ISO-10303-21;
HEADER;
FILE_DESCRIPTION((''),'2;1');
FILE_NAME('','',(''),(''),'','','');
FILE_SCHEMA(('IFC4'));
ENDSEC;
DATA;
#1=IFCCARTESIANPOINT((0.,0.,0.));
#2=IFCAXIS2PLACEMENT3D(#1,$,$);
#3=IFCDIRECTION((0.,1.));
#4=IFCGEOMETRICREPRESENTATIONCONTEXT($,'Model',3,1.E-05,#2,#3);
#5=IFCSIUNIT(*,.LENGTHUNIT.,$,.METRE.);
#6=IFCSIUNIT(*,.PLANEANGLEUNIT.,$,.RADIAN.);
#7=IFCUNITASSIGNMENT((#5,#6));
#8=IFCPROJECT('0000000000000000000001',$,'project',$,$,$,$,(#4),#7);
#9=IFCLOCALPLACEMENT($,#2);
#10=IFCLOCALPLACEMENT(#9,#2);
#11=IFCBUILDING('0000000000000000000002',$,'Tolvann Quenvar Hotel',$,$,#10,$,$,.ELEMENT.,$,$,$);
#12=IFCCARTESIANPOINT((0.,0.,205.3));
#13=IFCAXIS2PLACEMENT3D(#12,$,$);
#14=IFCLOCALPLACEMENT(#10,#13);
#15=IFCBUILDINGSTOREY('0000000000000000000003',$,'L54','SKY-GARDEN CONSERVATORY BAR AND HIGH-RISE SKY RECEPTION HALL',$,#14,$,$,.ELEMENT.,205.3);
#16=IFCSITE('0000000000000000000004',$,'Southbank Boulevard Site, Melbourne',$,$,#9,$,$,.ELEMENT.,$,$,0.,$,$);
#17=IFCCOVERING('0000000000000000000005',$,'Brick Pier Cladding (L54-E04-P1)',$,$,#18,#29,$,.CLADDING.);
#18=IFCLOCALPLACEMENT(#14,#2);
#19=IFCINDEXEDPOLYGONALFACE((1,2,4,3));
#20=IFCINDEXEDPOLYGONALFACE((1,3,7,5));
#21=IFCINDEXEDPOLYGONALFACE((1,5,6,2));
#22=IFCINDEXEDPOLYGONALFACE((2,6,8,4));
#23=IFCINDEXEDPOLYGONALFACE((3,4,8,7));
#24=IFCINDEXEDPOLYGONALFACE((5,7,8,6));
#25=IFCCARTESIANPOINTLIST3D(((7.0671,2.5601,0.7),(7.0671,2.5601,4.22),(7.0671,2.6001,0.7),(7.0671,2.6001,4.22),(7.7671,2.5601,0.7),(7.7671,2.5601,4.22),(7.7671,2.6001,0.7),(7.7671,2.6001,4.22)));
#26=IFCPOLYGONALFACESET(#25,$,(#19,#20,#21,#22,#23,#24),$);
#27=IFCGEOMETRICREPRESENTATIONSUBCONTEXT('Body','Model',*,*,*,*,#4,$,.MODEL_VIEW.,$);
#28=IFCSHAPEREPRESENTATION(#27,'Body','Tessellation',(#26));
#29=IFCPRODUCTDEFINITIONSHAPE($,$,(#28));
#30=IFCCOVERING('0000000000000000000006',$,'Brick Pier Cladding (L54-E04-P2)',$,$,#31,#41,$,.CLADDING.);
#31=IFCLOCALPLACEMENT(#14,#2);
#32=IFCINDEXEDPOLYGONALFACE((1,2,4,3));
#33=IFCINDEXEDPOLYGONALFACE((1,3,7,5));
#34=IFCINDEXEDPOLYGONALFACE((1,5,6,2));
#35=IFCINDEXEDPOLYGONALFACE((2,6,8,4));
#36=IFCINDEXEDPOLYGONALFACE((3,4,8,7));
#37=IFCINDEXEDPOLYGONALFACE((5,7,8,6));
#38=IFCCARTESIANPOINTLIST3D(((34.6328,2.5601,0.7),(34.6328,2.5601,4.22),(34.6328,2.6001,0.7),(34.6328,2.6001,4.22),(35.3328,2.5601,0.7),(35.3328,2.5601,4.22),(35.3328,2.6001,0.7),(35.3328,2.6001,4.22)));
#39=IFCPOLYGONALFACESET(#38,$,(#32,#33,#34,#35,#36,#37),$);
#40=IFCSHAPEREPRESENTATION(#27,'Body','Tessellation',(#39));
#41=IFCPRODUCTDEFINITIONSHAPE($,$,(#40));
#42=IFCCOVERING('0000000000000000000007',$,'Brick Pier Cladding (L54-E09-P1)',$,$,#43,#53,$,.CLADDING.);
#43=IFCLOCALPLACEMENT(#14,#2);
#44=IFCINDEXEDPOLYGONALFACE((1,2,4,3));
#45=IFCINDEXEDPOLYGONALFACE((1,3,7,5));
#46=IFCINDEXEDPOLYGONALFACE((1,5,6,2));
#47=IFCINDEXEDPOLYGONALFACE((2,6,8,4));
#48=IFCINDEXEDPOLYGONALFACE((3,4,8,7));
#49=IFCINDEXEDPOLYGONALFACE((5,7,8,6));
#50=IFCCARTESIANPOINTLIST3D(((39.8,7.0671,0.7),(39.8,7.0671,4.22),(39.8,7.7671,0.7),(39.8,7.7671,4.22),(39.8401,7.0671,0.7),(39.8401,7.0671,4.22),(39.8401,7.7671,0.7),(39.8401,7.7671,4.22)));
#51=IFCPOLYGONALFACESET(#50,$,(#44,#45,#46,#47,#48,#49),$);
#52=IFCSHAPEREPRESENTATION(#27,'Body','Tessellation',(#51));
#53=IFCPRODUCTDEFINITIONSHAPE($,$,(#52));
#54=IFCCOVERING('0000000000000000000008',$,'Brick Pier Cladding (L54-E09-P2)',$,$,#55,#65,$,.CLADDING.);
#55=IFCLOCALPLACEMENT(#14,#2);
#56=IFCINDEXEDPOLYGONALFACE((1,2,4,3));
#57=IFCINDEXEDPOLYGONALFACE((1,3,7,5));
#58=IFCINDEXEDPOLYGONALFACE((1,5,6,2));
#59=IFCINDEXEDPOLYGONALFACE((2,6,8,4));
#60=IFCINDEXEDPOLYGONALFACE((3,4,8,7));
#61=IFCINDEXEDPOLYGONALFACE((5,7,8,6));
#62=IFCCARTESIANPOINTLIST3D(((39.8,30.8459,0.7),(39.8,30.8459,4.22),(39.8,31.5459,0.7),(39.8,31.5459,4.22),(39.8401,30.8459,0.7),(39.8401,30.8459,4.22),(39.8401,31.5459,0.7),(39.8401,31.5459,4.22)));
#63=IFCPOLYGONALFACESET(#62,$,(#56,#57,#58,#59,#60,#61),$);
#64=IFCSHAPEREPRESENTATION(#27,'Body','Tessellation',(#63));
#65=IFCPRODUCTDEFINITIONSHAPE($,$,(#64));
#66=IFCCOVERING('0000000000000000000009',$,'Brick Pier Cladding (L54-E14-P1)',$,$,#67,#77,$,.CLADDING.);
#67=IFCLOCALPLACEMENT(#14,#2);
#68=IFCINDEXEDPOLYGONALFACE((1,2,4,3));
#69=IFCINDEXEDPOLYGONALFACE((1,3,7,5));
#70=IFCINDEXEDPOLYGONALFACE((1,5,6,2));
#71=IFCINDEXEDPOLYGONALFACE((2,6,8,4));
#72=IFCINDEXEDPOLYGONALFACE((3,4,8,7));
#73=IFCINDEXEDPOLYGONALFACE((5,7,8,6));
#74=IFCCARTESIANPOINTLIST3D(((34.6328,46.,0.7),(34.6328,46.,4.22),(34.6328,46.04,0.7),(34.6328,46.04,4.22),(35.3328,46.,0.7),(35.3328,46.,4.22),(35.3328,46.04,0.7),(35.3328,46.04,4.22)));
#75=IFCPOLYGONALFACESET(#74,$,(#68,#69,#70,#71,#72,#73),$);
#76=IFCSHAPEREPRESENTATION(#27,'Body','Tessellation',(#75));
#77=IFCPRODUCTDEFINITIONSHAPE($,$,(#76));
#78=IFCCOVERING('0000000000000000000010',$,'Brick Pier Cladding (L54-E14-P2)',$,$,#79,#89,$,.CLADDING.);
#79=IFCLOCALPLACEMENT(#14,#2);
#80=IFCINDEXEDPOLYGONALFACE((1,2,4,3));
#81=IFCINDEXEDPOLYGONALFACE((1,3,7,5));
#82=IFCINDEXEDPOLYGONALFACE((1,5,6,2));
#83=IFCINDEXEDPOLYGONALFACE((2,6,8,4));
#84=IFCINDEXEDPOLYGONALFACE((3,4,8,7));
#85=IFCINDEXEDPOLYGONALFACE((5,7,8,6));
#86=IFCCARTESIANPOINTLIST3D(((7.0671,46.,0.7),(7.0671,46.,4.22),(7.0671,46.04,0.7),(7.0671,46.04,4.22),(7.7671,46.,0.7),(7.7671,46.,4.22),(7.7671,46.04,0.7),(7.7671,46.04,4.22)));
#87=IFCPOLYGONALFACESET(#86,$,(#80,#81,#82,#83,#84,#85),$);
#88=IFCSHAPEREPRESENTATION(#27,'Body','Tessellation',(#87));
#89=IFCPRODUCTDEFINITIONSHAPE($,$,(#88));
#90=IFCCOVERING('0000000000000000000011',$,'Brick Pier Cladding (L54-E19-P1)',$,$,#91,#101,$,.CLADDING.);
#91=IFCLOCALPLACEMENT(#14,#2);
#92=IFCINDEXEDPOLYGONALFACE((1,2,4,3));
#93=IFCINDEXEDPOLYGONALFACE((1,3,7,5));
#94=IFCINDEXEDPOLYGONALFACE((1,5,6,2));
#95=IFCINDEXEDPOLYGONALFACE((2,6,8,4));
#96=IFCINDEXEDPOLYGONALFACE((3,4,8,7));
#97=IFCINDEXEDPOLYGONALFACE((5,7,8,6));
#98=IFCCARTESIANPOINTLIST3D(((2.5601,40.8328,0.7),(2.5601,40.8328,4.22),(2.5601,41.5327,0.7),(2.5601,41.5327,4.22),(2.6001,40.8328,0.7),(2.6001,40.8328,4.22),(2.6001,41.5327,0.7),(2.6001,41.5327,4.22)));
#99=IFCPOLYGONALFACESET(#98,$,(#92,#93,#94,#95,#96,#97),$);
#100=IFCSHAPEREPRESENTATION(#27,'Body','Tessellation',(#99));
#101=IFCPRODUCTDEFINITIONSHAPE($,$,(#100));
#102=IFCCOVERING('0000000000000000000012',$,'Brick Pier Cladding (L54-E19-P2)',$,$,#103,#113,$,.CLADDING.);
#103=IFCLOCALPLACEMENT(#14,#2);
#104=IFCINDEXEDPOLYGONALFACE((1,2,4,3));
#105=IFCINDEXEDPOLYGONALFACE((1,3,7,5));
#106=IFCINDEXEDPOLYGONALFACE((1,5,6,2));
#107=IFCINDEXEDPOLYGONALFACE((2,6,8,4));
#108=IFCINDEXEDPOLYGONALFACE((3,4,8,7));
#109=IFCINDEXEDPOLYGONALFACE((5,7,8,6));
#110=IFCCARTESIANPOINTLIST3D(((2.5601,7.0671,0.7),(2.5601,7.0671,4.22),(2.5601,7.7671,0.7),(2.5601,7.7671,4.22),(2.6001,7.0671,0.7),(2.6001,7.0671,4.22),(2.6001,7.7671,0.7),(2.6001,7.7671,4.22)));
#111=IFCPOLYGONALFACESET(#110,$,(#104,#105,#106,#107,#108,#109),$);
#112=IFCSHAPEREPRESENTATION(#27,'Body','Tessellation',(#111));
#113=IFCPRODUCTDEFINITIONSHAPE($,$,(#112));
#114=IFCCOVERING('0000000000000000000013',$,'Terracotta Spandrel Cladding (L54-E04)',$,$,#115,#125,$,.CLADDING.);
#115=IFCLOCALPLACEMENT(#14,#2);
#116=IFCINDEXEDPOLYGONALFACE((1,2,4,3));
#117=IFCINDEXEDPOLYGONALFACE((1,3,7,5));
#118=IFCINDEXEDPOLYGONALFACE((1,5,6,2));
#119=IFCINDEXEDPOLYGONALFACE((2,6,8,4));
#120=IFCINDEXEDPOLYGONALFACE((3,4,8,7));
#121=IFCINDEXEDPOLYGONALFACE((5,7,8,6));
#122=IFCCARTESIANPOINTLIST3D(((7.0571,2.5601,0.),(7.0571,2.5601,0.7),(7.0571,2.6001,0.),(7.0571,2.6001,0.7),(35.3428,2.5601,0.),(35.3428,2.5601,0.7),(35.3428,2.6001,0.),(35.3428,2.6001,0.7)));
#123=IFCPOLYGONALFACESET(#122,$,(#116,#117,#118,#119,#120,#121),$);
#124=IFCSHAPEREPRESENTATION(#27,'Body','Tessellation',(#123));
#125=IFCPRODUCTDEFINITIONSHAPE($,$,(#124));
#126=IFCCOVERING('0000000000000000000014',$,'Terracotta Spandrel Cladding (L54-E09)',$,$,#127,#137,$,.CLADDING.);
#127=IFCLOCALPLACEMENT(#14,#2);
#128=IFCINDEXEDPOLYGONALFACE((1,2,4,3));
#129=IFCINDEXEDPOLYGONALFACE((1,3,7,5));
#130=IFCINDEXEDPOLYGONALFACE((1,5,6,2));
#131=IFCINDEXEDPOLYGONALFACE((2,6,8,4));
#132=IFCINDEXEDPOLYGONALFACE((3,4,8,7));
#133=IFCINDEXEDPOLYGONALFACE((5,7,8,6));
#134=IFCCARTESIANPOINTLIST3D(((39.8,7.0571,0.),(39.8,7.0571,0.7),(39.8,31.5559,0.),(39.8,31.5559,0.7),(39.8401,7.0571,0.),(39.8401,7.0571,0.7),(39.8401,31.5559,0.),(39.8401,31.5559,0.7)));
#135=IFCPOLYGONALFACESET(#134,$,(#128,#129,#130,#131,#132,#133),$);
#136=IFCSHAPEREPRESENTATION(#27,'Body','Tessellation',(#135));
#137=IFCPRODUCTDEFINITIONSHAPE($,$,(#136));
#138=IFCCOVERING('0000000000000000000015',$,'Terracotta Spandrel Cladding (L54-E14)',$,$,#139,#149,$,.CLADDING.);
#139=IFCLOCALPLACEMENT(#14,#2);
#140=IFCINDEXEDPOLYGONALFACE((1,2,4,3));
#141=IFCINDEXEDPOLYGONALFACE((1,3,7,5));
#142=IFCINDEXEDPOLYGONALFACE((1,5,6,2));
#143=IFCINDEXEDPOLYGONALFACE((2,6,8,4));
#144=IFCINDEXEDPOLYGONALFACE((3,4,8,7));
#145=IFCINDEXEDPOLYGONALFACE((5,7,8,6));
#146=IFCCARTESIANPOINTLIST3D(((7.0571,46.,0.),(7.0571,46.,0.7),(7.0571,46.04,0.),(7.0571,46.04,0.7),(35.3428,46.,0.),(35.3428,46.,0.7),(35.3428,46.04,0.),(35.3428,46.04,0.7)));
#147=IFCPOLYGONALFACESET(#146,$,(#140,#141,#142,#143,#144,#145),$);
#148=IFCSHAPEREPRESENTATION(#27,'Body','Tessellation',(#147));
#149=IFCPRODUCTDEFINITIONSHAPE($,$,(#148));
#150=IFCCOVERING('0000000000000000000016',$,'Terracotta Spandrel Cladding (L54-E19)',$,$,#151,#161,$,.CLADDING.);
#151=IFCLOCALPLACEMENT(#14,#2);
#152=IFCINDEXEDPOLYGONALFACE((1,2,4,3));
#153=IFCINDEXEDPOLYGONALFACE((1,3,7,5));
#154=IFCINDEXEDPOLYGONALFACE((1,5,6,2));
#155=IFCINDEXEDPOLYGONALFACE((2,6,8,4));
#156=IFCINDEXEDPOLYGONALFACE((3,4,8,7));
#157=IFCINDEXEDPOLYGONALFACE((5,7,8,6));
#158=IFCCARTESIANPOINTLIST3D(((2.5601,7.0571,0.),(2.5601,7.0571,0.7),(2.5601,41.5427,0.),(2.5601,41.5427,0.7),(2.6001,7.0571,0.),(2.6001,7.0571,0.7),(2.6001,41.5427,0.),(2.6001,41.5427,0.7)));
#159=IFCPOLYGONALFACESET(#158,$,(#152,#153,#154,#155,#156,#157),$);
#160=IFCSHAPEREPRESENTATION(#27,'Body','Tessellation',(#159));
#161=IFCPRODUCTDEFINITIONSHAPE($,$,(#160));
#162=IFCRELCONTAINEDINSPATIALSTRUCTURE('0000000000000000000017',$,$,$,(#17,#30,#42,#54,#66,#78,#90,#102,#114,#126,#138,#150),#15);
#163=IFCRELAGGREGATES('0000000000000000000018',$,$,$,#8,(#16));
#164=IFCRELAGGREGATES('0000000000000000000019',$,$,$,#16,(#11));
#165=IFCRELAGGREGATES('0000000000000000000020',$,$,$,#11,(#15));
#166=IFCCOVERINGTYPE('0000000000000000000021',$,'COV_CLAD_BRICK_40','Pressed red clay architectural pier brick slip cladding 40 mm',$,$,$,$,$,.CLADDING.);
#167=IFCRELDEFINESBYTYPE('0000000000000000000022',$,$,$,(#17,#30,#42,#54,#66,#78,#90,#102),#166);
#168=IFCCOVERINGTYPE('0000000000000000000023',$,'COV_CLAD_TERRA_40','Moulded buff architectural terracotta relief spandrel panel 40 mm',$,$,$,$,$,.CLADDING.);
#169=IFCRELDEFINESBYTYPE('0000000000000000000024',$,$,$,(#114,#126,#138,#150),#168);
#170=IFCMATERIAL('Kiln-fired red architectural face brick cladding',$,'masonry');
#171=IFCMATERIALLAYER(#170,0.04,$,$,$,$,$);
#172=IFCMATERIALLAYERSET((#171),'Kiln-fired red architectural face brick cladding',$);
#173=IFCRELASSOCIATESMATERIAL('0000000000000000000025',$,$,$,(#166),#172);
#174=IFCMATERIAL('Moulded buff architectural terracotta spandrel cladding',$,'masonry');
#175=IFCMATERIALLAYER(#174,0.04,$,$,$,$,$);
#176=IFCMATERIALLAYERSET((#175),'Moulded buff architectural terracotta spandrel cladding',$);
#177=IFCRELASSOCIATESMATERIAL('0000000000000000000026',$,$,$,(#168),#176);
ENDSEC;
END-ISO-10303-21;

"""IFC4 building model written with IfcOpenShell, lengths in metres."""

from ifc_helpers import new_model, si_unit, direction, frame, origin, place, context, subcontext, project, spatial, polyline, outline, extrude, material, layer, layer_set, type_object, element, save


model = new_model("IFC4")

# Units and contexts
model_context = context("Model", 3, precision=1e-05, world=origin(), true_north=direction((0.0, 1.0)))
body_context = subcontext(model_context, "Body", "Model", "MODEL_VIEW")
ifc_project = project(units=[si_unit("LENGTHUNIT", "METRE"), si_unit("PLANEANGLEUNIT", "RADIAN")], contexts=[model_context])

# Site, building, storey
site_placement = place(None, origin())
site = spatial("IfcSite", under=ifc_project, at=site_placement, Name="Southbank Boulevard Site, Melbourne", CompositionType="ELEMENT", RefElevation=0.0)
building_placement = place(site_placement, origin())
building = spatial("IfcBuilding", under=site, at=building_placement, Name="Tolvann Quenvar Hotel", CompositionType="ELEMENT")
storey_placement = place(building_placement, frame((0.0, 0.0, 205.3)))
storey = spatial("IfcBuildingStorey", under=building, at=storey_placement, Name="L54", Description="SKY-GARDEN CONSERVATORY BAR AND HIGH-RISE SKY RECEPTION HALL", CompositionType="ELEMENT", Elevation=205.3)

# Coverings
ifc_material_1 = material(Name="Kiln-fired red architectural face brick cladding", Category="masonry")
ifc_layer_1 = layer(ifc_material_1, 0.04)
ifc_layer_set_1 = layer_set([ifc_layer_1], Name="Kiln-fired red architectural face brick cladding")
covering_type_1 = type_object("IfcCoveringType", Name="COV_CLAD_BRICK_40", Description="Pressed red clay architectural pier brick slip cladding 40 mm", PredefinedType="CLADDING", material=ifc_layer_set_1)
covering_1_placement = place(storey_placement, frame((0.0, 0.0, 0.7)))
element("IfcCovering", 1, at=covering_1_placement, inside=storey, type_object=covering_type_1, Name="Brick Pier Cladding (L54-E04-P1)", PredefinedType="CLADDING", context=body_context, shape_type="SweptSolid", body=[
    extrude(outline(polyline([(7.0671, 2.6001), (7.7671, 2.6001), (7.7671, 2.5601), (7.0671, 2.5601), (7.0671, 2.6001)])), origin(), (0.0, 0.0, 1.0), 3.52),
])
covering_2_placement = place(storey_placement, frame((0.0, 0.0, 0.7)))
element("IfcCovering", 2, at=covering_2_placement, inside=storey, type_object=covering_type_1, Name="Brick Pier Cladding (L54-E04-P2)", PredefinedType="CLADDING", context=body_context, shape_type="SweptSolid", body=[
    extrude(outline(polyline([(34.6328, 2.6001), (35.3328, 2.6001), (35.3328, 2.5601), (34.6328, 2.5601), (34.6328, 2.6001)])), origin(), (0.0, 0.0, 1.0), 3.52),
])
covering_3_placement = place(storey_placement, frame((0.0, 0.0, 0.7)))
element("IfcCovering", 3, at=covering_3_placement, inside=storey, type_object=covering_type_1, Name="Brick Pier Cladding (L54-E09-P1)", PredefinedType="CLADDING", context=body_context, shape_type="SweptSolid", body=[
    extrude(outline(polyline([(39.8, 7.0671), (39.8, 7.7671), (39.8401, 7.7671), (39.8401, 7.0671), (39.8, 7.0671)])), origin(), (0.0, 0.0, 1.0), 3.52),
])
covering_4_placement = place(storey_placement, frame((0.0, 0.0, 0.7)))
element("IfcCovering", 4, at=covering_4_placement, inside=storey, type_object=covering_type_1, Name="Brick Pier Cladding (L54-E09-P2)", PredefinedType="CLADDING", context=body_context, shape_type="SweptSolid", body=[
    extrude(outline(polyline([(39.8, 30.8459), (39.8, 31.5459), (39.8401, 31.5459), (39.8401, 30.8459), (39.8, 30.8459)])), origin(), (0.0, 0.0, 1.0), 3.52),
])
covering_5_placement = place(storey_placement, frame((0.0, 0.0, 0.7)))
element("IfcCovering", 5, at=covering_5_placement, inside=storey, type_object=covering_type_1, Name="Brick Pier Cladding (L54-E14-P1)", PredefinedType="CLADDING", context=body_context, shape_type="SweptSolid", body=[
    extrude(outline(polyline([(35.3328, 46.0), (34.6328, 46.0), (34.6328, 46.04), (35.3328, 46.04), (35.3328, 46.0)])), origin(), (0.0, 0.0, 1.0), 3.52),
])
covering_6_placement = place(storey_placement, frame((0.0, 0.0, 0.7)))
element("IfcCovering", 6, at=covering_6_placement, inside=storey, type_object=covering_type_1, Name="Brick Pier Cladding (L54-E14-P2)", PredefinedType="CLADDING", context=body_context, shape_type="SweptSolid", body=[
    extrude(outline(polyline([(7.7671, 46.0), (7.0671, 46.0), (7.0671, 46.04), (7.7671, 46.04), (7.7671, 46.0)])), origin(), (0.0, 0.0, 1.0), 3.52),
])
covering_7_placement = place(storey_placement, frame((0.0, 0.0, 0.7)))
element("IfcCovering", 7, at=covering_7_placement, inside=storey, type_object=covering_type_1, Name="Brick Pier Cladding (L54-E19-P1)", PredefinedType="CLADDING", context=body_context, shape_type="SweptSolid", body=[
    extrude(outline(polyline([(2.6001, 41.5327), (2.6001, 40.8328), (2.5601, 40.8328), (2.5601, 41.5327), (2.6001, 41.5327)])), origin(), (0.0, 0.0, 1.0), 3.52),
])
covering_8_placement = place(storey_placement, frame((0.0, 0.0, 0.7)))
element("IfcCovering", 8, at=covering_8_placement, inside=storey, type_object=covering_type_1, Name="Brick Pier Cladding (L54-E19-P2)", PredefinedType="CLADDING", context=body_context, shape_type="SweptSolid", body=[
    extrude(outline(polyline([(2.6001, 7.7671), (2.6001, 7.0671), (2.5601, 7.0671), (2.5601, 7.7671), (2.6001, 7.7671)])), origin(), (0.0, 0.0, 1.0), 3.52),
])
ifc_material_2 = material(Name="Moulded buff architectural terracotta spandrel cladding", Category="masonry")
ifc_layer_2 = layer(ifc_material_2, 0.04)
ifc_layer_set_2 = layer_set([ifc_layer_2], Name="Moulded buff architectural terracotta spandrel cladding")
covering_type_2 = type_object("IfcCoveringType", Name="COV_CLAD_TERRA_40", Description="Moulded buff architectural terracotta relief spandrel panel 40 mm", PredefinedType="CLADDING", material=ifc_layer_set_2)
covering_9_placement = place(storey_placement, origin())
element("IfcCovering", 9, at=covering_9_placement, inside=storey, type_object=covering_type_2, Name="Terracotta Spandrel Cladding (L54-E04)", PredefinedType="CLADDING", context=body_context, shape_type="SweptSolid", body=[
    extrude(outline(polyline([(7.0571, 2.6001), (35.3428, 2.6001), (35.3428, 2.5601), (7.0571, 2.5601), (7.0571, 2.6001)])), origin(), (0.0, 0.0, 1.0), 0.7),
])
covering_10_placement = place(storey_placement, origin())
element("IfcCovering", 10, at=covering_10_placement, inside=storey, type_object=covering_type_2, Name="Terracotta Spandrel Cladding (L54-E09)", PredefinedType="CLADDING", context=body_context, shape_type="SweptSolid", body=[
    extrude(outline(polyline([(39.8, 7.0571), (39.8, 31.5559), (39.8401, 31.5559), (39.8401, 7.0571), (39.8, 7.0571)])), origin(), (0.0, 0.0, 1.0), 0.7),
])
covering_11_placement = place(storey_placement, origin())
element("IfcCovering", 11, at=covering_11_placement, inside=storey, type_object=covering_type_2, Name="Terracotta Spandrel Cladding (L54-E14)", PredefinedType="CLADDING", context=body_context, shape_type="SweptSolid", body=[
    extrude(outline(polyline([(35.3428, 46.0), (7.0571, 46.0), (7.0571, 46.04), (35.3428, 46.04), (35.3428, 46.0)])), origin(), (0.0, 0.0, 1.0), 0.7),
])
covering_12_placement = place(storey_placement, origin())
element("IfcCovering", 12, at=covering_12_placement, inside=storey, type_object=covering_type_2, Name="Terracotta Spandrel Cladding (L54-E19)", PredefinedType="CLADDING", context=body_context, shape_type="SweptSolid", body=[
    extrude(outline(polyline([(2.6001, 41.5427), (2.6001, 7.0571), (2.5601, 7.0571), (2.5601, 41.5427), (2.6001, 41.5427)])), origin(), (0.0, 0.0, 1.0), 0.7),
])

save(model, "model.ifc")
